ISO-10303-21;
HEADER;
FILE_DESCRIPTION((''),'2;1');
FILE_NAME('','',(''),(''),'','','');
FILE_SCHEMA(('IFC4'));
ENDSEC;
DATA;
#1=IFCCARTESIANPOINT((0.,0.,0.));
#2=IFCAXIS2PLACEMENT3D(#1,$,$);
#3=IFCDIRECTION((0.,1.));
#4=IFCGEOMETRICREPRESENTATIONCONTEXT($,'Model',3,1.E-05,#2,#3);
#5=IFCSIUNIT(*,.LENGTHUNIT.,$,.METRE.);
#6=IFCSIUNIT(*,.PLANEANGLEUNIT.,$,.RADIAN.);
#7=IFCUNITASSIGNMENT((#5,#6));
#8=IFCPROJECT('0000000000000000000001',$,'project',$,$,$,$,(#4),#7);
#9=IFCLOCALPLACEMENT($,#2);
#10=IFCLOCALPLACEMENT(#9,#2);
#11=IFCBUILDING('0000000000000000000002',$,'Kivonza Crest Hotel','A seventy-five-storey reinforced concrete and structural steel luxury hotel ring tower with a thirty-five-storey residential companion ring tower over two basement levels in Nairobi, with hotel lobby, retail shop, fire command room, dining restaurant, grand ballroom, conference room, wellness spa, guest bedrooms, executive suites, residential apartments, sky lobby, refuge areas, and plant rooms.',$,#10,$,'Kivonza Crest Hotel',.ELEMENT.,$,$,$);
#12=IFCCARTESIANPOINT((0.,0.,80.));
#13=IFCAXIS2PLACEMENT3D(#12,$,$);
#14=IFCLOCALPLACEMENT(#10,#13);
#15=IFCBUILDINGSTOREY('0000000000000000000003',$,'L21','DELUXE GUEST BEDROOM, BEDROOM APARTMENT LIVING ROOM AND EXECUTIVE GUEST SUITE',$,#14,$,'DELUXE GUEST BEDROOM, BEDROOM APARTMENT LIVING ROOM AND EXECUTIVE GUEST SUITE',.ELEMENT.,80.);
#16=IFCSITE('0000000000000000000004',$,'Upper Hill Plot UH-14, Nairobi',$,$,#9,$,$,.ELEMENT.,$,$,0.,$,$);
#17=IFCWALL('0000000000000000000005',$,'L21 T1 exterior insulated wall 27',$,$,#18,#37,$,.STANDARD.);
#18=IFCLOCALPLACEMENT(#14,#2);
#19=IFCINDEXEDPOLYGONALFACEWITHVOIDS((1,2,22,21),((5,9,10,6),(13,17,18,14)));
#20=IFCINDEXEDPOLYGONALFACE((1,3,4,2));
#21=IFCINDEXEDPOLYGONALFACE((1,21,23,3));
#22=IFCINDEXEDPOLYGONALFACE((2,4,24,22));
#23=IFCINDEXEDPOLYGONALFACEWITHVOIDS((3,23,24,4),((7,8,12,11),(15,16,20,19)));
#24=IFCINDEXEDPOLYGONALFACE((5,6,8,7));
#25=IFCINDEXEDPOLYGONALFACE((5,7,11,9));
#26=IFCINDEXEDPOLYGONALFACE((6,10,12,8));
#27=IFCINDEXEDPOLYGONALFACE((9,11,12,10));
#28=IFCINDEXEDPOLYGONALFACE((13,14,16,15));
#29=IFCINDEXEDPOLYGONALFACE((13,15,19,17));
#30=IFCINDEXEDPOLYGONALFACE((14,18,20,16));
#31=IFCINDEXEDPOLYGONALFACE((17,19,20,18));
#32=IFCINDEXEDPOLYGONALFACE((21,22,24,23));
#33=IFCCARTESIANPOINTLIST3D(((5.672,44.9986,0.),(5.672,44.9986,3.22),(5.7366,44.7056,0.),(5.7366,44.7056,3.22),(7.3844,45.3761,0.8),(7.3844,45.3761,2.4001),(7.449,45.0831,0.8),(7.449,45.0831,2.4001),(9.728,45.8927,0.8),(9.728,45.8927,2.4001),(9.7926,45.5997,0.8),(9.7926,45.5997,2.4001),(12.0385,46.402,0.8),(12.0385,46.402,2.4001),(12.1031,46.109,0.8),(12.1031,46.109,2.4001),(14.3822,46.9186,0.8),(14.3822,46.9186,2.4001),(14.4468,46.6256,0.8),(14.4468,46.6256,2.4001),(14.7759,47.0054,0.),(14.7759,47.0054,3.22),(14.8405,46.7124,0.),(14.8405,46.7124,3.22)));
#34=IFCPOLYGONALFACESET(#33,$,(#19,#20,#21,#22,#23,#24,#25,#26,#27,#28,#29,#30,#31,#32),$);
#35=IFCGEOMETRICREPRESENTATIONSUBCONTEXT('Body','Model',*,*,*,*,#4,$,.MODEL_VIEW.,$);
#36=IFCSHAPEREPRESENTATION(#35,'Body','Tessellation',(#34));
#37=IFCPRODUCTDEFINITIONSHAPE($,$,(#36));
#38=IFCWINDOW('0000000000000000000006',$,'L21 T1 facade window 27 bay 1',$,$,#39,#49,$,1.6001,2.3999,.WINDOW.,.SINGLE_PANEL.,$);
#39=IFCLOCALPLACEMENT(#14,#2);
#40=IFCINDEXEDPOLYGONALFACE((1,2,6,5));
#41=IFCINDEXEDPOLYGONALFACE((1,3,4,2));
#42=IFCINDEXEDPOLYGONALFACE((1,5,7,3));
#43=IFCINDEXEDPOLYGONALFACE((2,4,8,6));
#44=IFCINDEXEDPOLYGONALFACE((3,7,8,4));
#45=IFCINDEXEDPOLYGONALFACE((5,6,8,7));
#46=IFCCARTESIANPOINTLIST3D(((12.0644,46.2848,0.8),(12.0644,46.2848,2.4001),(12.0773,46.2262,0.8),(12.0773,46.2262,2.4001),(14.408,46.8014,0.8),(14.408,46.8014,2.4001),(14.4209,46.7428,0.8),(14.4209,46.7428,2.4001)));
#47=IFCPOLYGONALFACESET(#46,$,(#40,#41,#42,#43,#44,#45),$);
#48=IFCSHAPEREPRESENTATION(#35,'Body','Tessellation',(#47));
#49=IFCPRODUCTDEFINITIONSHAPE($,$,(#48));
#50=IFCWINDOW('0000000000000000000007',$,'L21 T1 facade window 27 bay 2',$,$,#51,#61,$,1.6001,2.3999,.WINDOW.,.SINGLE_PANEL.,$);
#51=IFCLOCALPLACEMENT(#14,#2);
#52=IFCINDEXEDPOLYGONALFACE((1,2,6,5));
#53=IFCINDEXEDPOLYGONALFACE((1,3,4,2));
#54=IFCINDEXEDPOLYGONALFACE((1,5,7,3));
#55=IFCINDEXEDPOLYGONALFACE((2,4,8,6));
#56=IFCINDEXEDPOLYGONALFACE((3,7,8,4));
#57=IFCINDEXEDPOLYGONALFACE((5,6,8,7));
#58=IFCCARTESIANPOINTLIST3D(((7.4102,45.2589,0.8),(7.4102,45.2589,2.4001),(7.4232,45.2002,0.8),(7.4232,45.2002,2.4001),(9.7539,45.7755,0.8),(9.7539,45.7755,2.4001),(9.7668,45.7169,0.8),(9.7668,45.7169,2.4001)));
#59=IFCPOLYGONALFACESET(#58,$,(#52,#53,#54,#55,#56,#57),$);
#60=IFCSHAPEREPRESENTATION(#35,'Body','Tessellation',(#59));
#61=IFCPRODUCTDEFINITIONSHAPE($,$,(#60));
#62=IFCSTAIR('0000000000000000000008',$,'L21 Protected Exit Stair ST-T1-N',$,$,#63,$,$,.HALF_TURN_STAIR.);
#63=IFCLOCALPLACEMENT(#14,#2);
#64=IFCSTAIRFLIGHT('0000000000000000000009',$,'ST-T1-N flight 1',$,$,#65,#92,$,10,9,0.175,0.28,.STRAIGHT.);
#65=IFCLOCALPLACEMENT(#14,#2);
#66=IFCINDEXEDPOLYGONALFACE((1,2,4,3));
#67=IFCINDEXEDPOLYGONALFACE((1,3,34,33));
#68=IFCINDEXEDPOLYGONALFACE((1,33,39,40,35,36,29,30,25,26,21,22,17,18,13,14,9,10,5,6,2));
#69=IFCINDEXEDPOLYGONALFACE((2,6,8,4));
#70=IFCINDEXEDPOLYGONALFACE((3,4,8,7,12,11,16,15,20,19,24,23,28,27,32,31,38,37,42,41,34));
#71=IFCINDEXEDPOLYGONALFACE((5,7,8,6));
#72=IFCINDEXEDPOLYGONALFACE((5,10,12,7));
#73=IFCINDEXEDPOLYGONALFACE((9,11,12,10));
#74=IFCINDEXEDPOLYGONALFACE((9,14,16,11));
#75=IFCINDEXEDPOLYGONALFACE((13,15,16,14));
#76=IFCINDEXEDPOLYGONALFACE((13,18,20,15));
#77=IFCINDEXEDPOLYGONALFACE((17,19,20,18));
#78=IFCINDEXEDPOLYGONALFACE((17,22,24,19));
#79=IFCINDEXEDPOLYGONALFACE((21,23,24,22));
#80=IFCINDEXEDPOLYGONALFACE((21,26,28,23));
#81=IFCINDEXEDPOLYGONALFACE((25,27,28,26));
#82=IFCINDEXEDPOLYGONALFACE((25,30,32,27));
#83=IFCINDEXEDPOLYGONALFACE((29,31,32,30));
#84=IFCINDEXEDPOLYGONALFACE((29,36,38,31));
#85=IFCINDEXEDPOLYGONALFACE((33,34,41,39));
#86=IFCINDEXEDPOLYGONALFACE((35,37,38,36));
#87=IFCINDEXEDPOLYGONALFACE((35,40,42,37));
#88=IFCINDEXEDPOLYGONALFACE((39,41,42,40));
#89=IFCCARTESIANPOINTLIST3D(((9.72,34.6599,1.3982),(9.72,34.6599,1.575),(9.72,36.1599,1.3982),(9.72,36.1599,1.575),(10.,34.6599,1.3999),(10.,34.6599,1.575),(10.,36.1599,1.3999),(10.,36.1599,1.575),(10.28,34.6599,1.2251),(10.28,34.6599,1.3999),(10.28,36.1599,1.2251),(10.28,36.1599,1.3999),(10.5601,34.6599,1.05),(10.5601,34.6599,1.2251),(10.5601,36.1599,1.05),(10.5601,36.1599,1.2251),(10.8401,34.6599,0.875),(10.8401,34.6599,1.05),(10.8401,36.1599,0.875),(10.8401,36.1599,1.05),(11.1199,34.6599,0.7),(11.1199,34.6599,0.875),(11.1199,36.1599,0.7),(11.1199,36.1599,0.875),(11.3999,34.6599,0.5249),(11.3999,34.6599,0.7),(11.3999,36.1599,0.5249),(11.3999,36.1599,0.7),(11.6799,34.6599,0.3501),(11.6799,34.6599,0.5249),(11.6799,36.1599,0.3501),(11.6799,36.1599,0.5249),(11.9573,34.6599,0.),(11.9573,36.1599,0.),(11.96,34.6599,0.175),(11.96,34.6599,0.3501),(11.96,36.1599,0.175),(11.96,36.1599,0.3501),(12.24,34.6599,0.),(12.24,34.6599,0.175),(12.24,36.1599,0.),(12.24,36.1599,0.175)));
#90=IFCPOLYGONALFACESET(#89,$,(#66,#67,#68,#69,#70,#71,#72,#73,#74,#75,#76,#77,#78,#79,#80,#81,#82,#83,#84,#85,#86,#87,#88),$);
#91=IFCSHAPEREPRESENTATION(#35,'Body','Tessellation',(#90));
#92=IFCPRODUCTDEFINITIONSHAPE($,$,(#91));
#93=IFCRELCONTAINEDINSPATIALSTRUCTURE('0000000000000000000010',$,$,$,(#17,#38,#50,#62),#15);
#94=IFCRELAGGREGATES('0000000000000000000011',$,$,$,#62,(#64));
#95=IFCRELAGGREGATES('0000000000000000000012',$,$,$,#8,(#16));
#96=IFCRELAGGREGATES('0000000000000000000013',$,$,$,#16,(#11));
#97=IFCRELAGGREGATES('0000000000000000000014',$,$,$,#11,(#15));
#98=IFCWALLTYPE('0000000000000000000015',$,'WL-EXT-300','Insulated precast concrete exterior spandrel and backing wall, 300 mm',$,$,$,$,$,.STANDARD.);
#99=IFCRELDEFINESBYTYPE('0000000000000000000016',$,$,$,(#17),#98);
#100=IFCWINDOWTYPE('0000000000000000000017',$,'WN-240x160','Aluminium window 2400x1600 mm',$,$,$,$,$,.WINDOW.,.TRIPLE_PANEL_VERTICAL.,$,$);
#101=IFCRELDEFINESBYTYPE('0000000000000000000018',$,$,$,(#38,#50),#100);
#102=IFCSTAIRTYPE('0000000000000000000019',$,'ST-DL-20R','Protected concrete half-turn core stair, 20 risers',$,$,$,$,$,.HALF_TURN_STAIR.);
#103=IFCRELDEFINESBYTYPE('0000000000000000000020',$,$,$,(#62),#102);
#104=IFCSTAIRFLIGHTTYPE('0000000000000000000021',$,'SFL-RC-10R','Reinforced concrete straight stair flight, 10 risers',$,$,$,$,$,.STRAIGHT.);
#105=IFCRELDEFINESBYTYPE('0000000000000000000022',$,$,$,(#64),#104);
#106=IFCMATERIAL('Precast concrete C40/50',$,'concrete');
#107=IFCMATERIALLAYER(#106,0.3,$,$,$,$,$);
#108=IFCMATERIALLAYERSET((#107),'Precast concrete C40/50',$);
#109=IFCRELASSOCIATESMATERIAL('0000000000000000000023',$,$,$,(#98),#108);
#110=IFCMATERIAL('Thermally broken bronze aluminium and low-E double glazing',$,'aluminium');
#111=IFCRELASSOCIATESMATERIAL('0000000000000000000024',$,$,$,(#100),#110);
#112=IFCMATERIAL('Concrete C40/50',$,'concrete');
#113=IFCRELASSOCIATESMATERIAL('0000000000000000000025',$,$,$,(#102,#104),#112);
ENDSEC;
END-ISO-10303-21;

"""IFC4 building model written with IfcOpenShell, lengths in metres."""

from ifc_helpers import new_model, si_unit, direction, frame, frame_2d, origin, place, context, subcontext, project, spatial, polyline, rectangle, outline, extrude, material, layer, layer_set, type_object, element, fill, aggregate, save


model = new_model("IFC4")

# Units and contexts
model_context = context("Model", 3, precision=1e-05, world=origin(), true_north=direction((0.0, 1.0)))
body_context = subcontext(model_context, "Body", "Model", "MODEL_VIEW")
ifc_project = project(units=[si_unit("LENGTHUNIT", "METRE"), si_unit("PLANEANGLEUNIT", "RADIAN")], contexts=[model_context])

# Site, building, storey
site_placement = place(None, origin())
site = spatial("IfcSite", under=ifc_project, at=site_placement, Name="Upper Hill Plot UH-14, Nairobi", CompositionType="ELEMENT", RefElevation=0.0)
building_placement = place(site_placement, origin())
building = spatial("IfcBuilding", under=site, at=building_placement, Name="Kivonza Crest Hotel", Description="A seventy-five-storey reinforced concrete and structural steel luxury hotel ring tower with a thirty-five-storey residential companion ring tower over two basement levels in Nairobi, with hotel lobby, retail shop, fire command room, dining restaurant, grand ballroom, conference room, wellness spa, guest bedrooms, executive suites, residential apartments, sky lobby, refuge areas, and plant rooms.", LongName="Kivonza Crest Hotel", CompositionType="ELEMENT")
storey_placement = place(building_placement, frame((0.0, 0.0, 80.0)))
storey = spatial("IfcBuildingStorey", under=building, at=storey_placement, Name="L21", Description="DELUXE GUEST BEDROOM, BEDROOM APARTMENT LIVING ROOM AND EXECUTIVE GUEST SUITE", LongName="DELUXE GUEST BEDROOM, BEDROOM APARTMENT LIVING ROOM AND EXECUTIVE GUEST SUITE", CompositionType="ELEMENT", Elevation=80.0)

# Wall, openings, windows
ifc_material_1 = material(Name="Precast concrete C40/50", Category="concrete")
ifc_layer_1 = layer(ifc_material_1, 0.3)
ifc_layer_set_1 = layer_set([ifc_layer_1], Name="Precast concrete C40/50")
wall_type_1 = type_object("IfcWallType", Name="WL-EXT-300", Description="Insulated precast concrete exterior spandrel and backing wall, 300 mm", PredefinedType="STANDARD", material=ifc_layer_set_1)
wall_1_placement = place(storey_placement, frame((14.8081, 46.8589, 0.0), z_axis=(0.0, 0.0, 1.0), x_axis=(-0.976555, -0.215266, 0.0)))
wall_1 = element("IfcWall", 1, at=wall_1_placement, inside=storey, type_object=wall_type_1, Name="L21 T1 exterior insulated wall 27", PredefinedType="STANDARD", context=body_context, shape_type="SweptSolid", body=[
    extrude(rectangle(XDim=9.3225, YDim=0.3, at=frame_2d((4.6611, 0.0))), origin(), (0.0, 0.0, 1.0), 3.22),
])
opening_1_placement = place(wall_1_placement, frame((0.4031, 0.0, 0.8)))
opening_1 = element("IfcOpeningElement", 2, at=opening_1_placement, cuts=wall_1, PredefinedType="OPENING", context=body_context, shape_type="SweptSolid", body=[
    extrude(rectangle(XDim=2.3999, YDim=1.6001, at=frame_2d((1.2, 0.8))), frame((0.0, 0.1602, 0.0), z_axis=(0.0, -1.0, 0.0), x_axis=(1.0, 0.0, 0.0)), (0.0, 0.0, 1.0), 0.3201),
])
opening_2_placement = place(wall_1_placement, frame((5.1689, 0.0, 0.8)))
opening_2 = element("IfcOpeningElement", 3, at=opening_2_placement, cuts=wall_1, PredefinedType="OPENING", context=body_context, shape_type="SweptSolid", body=[
    extrude(rectangle(XDim=2.3999, YDim=1.6001, at=frame_2d((1.2, 0.8))), frame((0.0, 0.1602, 0.0), z_axis=(0.0, -1.0, 0.0), x_axis=(1.0, 0.0, 0.0)), (0.0, 0.0, 1.0), 0.3201),
])
ifc_material_2 = material(Name="Thermally broken bronze aluminium and low-E double glazing", Category="aluminium")
window_type = type_object("IfcWindowType", Name="WN-240x160", Description="Aluminium window 2400x1600 mm", PartitioningType="TRIPLE_PANEL_VERTICAL", PredefinedType="WINDOW", material=ifc_material_2)
window_1_placement = place(opening_1_placement, origin())
window_1 = element("IfcWindow", 4, at=window_1_placement, inside=storey, type_object=window_type, Name="L21 T1 facade window 27 bay 1", OverallHeight=1.6001, OverallWidth=2.3999, PartitioningType="SINGLE_PANEL", PredefinedType="WINDOW", context=body_context, shape_type="SweptSolid", body=[
    extrude(rectangle(XDim=2.3999, YDim=1.6001, at=frame_2d((1.2, 0.8))), frame((0.0, 0.03, 0.0), z_axis=(0.0, -1.0, 0.0), x_axis=(1.0, 0.0, 0.0)), (0.0, 0.0, 1.0), 0.0601),
])
fill(opening_1, window_1)
window_2_placement = place(opening_2_placement, origin())
window_2 = element("IfcWindow", 5, at=window_2_placement, inside=storey, type_object=window_type, Name="L21 T1 facade window 27 bay 2", OverallHeight=1.6001, OverallWidth=2.3999, PartitioningType="SINGLE_PANEL", PredefinedType="WINDOW", context=body_context, shape_type="SweptSolid", body=[
    extrude(rectangle(XDim=2.3999, YDim=1.6001, at=frame_2d((1.2, 0.8))), frame((0.0, 0.03, 0.0), z_axis=(0.0, -1.0, 0.0), x_axis=(1.0, 0.0, 0.0)), (0.0, 0.0, 1.0), 0.0601),
])
fill(opening_2, window_2)

# Stair, stair flight
ifc_material_3 = material(Name="Concrete C40/50", Category="concrete")
stair_type = type_object("IfcStairType", Name="ST-DL-20R", Description="Protected concrete half-turn core stair, 20 risers", PredefinedType="HALF_TURN_STAIR", material=ifc_material_3)
stair_placement = place(storey_placement, origin())
stair = element("IfcStair", 6, at=stair_placement, inside=storey, type_object=stair_type, Name="L21 Protected Exit Stair ST-T1-N", PredefinedType="HALF_TURN_STAIR")
stair_flight_type = type_object("IfcStairFlightType", Name="SFL-RC-10R", Description="Reinforced concrete straight stair flight, 10 risers", PredefinedType="STRAIGHT", material=ifc_material_3)
stair_flight_placement = place(storey_placement, frame((12.24, 35.4099, 0.0), z_axis=(0.0, 0.0, 1.0), x_axis=(-1.0, 0.0, 0.0)))
stair_flight = element("IfcStairFlight", 7, at=stair_flight_placement, type_object=stair_flight_type, Name="ST-T1-N flight 1", NumberOfRisers=10, NumberOfTreads=9, PredefinedType="STRAIGHT", RiserHeight=0.175, TreadLength=0.28, context=body_context, shape_type="SweptSolid", body=[
    extrude(outline(polyline([(0.0, 0.0), (0.0, 0.175), (0.28, 0.175), (0.28, 0.3501), (0.5601, 0.3501), (0.5601, 0.5249), (0.8401, 0.5249), (0.8401, 0.7), (1.1201, 0.7), (1.1201, 0.875), (1.3999, 0.875), (1.3999, 1.05), (1.6799, 1.05), (1.6799, 1.2251), (1.96, 1.2251), (1.96, 1.3999), (2.24, 1.3999), (2.24, 1.575), (2.52, 1.575), (2.52, 1.75), (2.52, 1.3982), (0.2827, 0.0), (0.0, 0.0)])), frame((0.0, 0.75, 0.0), z_axis=(0.0, -1.0, 0.0), x_axis=(1.0, 0.0, 0.0)), (0.0, 0.0, 1.0), 1.5),
])
aggregate(stair, [stair_flight])

save(model, "model.ifc")
